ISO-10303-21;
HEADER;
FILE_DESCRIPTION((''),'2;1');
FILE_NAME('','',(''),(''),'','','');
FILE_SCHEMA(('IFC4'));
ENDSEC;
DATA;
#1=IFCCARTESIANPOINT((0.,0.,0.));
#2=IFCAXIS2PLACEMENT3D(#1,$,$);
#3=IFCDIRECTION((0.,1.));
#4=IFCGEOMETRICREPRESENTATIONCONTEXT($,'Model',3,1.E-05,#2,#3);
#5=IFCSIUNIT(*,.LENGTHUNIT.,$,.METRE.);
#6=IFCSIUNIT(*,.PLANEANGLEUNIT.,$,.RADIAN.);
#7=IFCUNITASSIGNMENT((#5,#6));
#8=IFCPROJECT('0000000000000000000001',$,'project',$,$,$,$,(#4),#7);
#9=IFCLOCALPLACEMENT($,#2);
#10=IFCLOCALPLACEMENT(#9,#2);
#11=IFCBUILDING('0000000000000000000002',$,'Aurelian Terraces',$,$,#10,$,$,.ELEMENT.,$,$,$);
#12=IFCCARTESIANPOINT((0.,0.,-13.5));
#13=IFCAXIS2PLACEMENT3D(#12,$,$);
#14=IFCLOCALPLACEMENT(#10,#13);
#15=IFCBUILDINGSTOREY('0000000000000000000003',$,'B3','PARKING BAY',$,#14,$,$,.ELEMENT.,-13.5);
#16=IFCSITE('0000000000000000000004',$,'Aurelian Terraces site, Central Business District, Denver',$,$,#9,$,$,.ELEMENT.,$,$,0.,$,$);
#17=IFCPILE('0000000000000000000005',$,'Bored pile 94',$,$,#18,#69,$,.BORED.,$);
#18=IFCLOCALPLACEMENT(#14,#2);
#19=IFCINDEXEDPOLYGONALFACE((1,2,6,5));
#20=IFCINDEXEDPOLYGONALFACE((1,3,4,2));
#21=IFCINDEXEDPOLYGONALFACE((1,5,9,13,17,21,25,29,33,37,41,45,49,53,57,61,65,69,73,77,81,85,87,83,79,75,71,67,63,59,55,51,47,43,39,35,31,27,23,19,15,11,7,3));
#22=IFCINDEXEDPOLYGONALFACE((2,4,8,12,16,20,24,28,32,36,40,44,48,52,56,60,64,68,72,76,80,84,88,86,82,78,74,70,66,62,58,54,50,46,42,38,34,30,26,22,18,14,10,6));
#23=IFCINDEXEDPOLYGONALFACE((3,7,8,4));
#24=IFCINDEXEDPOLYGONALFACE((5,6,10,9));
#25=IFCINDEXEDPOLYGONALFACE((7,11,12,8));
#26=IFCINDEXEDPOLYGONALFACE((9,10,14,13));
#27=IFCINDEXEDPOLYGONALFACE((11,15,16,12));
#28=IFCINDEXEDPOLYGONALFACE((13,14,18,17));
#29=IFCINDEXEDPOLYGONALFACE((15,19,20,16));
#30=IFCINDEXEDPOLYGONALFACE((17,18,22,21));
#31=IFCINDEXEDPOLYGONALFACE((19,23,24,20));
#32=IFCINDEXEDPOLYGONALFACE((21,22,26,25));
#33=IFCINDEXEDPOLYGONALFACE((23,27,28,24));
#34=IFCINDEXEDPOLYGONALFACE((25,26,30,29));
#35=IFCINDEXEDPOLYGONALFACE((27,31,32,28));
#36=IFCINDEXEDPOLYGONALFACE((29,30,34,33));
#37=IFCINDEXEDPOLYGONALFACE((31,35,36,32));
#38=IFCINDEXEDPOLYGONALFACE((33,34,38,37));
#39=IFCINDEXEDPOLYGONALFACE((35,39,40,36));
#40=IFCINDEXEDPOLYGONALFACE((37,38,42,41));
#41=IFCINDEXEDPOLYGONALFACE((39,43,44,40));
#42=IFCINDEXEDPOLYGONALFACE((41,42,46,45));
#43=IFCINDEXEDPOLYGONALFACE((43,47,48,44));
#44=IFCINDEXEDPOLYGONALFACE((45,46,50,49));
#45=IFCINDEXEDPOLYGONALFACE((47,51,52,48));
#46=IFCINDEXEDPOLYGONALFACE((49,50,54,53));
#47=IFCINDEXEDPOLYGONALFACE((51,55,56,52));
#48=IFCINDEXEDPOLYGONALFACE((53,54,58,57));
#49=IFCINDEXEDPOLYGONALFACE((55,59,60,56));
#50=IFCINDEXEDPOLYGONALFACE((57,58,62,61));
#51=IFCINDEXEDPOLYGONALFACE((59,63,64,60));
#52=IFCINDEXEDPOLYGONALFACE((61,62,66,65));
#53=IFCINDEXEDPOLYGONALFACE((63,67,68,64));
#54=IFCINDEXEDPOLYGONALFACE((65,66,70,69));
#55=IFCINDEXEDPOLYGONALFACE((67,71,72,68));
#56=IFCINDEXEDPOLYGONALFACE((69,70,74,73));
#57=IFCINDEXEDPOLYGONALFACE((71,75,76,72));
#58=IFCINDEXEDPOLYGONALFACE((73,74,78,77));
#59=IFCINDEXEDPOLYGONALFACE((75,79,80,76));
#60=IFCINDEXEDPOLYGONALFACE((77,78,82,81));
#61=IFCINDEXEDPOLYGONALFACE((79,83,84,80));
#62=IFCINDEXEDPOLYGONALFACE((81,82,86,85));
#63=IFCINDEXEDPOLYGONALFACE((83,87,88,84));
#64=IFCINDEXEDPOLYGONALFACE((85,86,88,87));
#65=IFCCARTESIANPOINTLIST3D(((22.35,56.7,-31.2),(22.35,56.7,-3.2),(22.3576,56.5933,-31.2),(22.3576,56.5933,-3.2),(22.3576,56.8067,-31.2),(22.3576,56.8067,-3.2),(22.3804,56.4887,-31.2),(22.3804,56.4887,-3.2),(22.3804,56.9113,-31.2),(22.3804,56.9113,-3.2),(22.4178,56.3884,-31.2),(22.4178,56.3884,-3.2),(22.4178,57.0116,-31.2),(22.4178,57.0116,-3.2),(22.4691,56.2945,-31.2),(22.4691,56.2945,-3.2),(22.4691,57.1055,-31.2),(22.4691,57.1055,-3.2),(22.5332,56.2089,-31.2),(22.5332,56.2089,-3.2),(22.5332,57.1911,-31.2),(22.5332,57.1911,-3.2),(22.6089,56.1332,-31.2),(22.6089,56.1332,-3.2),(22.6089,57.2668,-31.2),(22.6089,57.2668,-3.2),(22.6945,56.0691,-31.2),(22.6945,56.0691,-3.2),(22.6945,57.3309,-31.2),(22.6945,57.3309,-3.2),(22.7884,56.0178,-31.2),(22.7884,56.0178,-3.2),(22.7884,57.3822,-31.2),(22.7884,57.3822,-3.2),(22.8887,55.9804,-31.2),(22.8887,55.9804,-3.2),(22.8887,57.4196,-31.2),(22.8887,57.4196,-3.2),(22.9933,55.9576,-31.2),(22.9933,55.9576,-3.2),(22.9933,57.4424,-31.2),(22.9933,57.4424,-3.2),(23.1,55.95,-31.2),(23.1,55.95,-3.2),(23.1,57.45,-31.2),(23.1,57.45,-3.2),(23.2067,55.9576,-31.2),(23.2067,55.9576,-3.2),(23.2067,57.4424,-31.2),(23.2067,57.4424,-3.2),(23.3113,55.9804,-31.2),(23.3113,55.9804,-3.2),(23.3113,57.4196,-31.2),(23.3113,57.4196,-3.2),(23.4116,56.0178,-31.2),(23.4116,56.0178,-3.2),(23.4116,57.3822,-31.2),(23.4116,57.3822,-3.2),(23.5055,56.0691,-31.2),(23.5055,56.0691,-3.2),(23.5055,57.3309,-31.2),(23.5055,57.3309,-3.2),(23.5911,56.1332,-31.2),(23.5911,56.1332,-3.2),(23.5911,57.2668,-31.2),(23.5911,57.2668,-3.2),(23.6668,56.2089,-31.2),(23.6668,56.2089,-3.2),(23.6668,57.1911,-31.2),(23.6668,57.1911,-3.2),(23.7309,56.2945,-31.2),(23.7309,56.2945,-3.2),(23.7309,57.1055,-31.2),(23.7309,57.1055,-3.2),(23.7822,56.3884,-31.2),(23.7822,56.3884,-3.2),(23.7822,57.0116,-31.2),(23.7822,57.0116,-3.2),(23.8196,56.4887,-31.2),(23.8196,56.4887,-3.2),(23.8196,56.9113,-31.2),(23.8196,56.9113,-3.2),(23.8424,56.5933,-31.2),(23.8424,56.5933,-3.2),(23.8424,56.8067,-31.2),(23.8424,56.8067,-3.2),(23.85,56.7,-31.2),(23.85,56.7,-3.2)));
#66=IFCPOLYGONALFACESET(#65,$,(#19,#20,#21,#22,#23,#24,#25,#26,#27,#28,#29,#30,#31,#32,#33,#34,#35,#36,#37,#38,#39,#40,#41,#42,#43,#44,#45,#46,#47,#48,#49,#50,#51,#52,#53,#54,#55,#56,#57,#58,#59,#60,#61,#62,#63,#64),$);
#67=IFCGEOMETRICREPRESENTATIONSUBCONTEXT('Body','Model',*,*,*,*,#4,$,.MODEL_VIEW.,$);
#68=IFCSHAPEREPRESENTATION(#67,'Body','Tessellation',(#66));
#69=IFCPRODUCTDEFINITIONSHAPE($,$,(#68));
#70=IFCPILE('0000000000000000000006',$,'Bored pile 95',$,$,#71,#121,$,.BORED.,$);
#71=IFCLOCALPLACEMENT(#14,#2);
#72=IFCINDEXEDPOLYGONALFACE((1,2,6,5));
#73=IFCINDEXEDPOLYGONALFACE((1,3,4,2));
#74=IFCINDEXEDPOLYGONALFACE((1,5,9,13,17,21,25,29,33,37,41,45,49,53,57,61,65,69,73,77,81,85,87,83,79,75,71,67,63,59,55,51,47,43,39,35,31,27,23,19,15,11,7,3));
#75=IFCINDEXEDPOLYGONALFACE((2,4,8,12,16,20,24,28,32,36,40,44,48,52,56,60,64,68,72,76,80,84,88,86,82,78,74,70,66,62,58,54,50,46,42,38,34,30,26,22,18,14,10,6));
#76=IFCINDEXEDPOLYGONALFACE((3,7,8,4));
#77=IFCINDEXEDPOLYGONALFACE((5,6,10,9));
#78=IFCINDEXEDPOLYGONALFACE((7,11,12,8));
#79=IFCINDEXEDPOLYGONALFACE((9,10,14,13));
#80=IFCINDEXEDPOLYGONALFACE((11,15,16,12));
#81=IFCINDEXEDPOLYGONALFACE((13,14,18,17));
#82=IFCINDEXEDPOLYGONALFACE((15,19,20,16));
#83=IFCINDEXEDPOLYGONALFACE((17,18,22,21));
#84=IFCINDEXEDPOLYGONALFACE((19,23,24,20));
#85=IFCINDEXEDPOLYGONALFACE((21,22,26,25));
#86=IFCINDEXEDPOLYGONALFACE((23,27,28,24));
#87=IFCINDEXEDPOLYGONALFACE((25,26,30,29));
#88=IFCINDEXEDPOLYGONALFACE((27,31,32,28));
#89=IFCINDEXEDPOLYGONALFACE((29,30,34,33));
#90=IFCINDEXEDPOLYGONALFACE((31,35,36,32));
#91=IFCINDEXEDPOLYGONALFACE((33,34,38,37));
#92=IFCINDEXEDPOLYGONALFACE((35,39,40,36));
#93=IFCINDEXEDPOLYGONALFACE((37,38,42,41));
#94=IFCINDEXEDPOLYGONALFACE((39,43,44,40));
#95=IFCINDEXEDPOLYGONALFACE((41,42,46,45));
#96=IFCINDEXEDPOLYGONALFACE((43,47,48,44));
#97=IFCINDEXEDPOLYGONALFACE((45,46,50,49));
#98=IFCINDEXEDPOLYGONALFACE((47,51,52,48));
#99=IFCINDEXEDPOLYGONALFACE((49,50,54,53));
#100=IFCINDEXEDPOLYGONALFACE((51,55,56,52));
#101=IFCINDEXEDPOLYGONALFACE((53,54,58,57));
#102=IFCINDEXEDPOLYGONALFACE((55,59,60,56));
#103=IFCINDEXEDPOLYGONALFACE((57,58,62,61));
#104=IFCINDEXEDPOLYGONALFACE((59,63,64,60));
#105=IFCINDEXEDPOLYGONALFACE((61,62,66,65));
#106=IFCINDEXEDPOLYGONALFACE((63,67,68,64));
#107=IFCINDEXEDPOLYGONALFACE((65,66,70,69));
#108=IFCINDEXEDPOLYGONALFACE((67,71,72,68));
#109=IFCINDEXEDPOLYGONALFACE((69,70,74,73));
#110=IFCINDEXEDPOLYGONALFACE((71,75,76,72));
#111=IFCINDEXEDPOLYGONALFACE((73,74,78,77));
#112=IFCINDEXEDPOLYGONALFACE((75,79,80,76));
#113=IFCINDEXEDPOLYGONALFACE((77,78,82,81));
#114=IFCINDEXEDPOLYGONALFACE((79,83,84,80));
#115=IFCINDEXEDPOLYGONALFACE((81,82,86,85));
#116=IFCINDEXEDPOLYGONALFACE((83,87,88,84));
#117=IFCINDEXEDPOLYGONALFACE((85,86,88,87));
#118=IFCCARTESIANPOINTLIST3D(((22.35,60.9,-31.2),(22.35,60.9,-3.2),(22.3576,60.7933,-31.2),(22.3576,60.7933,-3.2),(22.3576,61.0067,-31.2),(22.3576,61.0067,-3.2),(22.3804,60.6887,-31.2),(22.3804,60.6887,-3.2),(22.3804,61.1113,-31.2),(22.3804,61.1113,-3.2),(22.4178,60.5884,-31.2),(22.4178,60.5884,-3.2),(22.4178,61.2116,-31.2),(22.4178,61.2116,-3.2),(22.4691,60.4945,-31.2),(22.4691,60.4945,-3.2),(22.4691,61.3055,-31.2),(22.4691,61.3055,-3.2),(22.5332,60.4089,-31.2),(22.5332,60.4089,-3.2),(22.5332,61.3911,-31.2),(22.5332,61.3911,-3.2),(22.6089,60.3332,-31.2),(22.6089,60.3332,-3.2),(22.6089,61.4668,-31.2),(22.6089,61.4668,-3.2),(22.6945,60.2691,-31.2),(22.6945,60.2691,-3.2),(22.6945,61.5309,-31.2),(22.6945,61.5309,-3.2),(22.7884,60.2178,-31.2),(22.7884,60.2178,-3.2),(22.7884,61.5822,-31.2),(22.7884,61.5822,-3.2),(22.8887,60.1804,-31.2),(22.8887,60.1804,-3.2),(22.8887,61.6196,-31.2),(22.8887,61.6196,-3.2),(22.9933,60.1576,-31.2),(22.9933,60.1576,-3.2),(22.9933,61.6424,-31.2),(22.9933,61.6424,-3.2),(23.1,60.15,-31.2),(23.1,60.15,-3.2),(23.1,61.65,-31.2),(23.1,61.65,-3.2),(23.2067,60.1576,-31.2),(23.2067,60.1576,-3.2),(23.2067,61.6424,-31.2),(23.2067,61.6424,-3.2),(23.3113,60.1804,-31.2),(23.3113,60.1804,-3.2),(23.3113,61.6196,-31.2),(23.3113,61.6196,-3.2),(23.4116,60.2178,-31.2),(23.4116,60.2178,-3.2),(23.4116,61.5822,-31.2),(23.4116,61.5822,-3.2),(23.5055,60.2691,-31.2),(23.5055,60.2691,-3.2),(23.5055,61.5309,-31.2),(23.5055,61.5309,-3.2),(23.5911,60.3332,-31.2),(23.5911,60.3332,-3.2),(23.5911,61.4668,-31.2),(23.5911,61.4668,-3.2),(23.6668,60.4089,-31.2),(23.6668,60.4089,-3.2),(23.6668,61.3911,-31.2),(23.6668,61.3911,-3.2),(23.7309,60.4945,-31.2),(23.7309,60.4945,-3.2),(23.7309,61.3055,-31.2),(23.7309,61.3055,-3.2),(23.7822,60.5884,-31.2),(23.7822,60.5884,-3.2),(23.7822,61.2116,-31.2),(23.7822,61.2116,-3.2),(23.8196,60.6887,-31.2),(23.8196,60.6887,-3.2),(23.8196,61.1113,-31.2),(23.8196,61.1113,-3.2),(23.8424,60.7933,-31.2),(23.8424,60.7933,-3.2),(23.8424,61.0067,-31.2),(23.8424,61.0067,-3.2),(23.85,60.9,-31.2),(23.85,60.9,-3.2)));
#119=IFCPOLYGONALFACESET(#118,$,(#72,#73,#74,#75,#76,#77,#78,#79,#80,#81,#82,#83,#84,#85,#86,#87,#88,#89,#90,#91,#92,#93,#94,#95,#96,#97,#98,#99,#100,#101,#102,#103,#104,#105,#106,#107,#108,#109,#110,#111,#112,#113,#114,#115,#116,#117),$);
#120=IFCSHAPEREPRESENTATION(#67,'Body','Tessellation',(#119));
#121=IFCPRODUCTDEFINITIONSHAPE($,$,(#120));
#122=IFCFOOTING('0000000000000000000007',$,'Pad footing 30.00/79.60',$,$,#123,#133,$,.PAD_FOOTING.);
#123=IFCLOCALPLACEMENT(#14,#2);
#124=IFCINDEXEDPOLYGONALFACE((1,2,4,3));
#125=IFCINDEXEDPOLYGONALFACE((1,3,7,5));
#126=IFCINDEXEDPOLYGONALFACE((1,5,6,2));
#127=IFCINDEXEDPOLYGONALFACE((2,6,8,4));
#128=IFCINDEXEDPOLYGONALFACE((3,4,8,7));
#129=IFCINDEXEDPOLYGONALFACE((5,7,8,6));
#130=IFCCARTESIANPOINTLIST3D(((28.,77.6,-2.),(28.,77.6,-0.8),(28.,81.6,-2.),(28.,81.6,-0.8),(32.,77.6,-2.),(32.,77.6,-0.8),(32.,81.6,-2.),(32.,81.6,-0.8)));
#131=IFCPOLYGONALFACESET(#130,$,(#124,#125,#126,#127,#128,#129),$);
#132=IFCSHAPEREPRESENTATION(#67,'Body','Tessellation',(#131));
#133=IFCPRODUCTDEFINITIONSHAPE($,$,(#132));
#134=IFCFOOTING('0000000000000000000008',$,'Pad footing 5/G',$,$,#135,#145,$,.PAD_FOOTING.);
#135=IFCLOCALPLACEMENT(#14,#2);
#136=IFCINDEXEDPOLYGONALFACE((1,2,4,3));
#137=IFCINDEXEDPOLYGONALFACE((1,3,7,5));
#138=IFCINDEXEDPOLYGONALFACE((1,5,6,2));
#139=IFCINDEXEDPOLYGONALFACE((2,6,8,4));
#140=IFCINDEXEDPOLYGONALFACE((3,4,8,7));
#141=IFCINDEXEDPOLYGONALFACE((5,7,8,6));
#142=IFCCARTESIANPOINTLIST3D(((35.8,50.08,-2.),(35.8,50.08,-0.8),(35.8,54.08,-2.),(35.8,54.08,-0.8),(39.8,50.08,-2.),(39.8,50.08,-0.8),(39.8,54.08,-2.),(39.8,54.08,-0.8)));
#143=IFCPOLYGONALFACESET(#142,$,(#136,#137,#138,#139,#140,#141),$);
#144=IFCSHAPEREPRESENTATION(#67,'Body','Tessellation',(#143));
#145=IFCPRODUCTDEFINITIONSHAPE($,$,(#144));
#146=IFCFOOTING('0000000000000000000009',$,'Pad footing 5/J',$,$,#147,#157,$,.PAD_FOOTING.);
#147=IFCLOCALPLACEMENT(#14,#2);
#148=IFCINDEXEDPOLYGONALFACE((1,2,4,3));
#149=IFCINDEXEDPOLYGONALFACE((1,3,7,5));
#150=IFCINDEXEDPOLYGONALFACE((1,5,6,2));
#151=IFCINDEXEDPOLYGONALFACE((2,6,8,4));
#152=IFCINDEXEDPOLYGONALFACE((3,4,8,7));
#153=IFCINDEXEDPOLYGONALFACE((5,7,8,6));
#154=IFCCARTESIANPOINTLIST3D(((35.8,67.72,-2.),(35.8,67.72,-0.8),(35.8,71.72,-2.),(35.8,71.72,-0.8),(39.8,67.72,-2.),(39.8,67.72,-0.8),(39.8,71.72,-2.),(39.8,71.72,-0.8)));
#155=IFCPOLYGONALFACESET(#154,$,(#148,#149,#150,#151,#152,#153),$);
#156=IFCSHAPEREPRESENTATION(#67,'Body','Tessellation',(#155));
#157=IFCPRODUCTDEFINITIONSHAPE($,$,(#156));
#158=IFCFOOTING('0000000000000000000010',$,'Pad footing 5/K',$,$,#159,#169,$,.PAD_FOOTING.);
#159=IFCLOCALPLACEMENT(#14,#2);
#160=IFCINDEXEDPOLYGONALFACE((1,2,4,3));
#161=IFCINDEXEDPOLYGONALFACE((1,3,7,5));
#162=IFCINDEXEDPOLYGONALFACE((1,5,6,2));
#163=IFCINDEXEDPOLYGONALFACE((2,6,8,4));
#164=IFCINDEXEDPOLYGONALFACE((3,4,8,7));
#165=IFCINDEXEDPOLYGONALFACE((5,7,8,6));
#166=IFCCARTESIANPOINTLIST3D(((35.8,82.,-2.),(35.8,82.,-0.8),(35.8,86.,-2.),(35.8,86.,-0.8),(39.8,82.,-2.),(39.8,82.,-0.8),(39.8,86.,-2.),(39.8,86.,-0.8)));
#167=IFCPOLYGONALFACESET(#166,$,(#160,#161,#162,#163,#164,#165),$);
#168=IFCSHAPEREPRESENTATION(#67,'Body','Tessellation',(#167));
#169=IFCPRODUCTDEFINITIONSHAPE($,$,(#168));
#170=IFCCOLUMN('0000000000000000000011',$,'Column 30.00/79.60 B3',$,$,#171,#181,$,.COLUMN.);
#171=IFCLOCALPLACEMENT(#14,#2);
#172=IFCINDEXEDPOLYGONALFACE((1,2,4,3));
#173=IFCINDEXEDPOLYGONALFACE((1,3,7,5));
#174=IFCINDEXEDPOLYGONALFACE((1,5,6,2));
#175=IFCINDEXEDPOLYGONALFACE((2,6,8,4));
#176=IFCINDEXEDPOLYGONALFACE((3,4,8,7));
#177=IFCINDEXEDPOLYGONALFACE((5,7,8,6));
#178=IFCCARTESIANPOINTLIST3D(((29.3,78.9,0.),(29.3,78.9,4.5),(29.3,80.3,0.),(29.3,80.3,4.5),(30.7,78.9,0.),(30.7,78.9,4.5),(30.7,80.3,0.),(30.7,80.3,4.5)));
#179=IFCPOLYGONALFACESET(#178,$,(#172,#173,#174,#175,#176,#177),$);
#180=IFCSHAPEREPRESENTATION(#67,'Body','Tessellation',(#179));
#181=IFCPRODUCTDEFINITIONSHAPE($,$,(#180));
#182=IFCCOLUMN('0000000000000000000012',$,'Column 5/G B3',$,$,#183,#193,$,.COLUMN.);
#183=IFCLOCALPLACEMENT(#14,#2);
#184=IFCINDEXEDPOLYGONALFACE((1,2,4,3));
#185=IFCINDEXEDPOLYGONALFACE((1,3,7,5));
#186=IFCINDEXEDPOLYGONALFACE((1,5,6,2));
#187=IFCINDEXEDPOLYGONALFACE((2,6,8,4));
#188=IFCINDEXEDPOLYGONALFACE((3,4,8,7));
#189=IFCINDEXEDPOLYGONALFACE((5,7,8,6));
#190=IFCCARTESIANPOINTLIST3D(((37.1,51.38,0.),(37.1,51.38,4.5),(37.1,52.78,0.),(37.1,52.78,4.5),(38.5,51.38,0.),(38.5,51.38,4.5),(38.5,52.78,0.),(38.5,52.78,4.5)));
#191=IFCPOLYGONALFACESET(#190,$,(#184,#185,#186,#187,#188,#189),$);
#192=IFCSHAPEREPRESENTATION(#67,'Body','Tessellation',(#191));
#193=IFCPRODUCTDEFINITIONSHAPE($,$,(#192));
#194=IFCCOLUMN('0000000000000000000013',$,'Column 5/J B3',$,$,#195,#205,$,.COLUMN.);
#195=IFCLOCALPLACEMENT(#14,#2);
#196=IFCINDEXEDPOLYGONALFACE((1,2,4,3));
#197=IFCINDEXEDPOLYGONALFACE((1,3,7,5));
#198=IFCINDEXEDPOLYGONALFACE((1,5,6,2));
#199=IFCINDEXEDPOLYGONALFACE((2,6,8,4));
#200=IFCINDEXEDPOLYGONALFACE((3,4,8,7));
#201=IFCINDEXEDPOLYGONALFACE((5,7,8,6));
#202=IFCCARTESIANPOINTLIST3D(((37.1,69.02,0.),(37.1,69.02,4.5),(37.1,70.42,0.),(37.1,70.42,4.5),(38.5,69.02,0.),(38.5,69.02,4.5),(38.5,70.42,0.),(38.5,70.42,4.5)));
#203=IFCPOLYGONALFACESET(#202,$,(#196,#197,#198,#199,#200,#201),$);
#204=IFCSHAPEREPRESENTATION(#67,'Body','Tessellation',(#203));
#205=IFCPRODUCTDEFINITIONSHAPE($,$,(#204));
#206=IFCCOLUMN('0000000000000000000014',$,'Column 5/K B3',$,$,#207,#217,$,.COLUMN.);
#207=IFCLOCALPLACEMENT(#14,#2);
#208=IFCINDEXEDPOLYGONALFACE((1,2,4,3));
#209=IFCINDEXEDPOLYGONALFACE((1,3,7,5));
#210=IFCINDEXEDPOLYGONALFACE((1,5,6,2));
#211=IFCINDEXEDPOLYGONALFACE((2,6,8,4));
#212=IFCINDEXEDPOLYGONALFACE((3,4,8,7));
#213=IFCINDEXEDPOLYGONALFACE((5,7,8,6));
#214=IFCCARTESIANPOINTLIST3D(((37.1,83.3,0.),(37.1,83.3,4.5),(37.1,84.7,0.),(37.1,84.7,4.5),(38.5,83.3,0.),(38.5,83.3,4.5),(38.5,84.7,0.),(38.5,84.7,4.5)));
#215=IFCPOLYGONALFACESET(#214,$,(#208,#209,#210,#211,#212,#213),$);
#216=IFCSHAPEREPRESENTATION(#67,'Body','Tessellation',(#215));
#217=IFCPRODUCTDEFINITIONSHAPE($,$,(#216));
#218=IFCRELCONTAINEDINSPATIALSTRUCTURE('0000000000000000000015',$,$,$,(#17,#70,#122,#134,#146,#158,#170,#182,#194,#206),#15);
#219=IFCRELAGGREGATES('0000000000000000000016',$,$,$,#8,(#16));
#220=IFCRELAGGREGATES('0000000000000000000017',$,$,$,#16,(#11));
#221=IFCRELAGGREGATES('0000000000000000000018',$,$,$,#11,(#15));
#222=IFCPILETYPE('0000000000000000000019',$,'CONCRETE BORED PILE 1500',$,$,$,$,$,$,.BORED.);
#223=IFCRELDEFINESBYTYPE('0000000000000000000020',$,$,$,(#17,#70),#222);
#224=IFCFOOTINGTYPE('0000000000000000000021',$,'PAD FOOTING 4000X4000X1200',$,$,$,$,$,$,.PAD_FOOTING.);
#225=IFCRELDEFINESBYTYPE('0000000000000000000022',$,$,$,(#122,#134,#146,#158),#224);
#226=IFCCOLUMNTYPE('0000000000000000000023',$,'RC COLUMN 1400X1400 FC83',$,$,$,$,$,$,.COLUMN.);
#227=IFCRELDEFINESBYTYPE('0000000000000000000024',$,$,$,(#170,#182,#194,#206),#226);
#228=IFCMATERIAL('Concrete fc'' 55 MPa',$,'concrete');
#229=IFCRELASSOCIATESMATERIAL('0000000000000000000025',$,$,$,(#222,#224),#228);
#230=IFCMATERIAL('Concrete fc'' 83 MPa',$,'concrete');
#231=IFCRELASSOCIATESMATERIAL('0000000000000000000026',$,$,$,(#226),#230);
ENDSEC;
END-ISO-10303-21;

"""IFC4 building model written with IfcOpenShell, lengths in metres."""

from ifc_helpers import new_model, si_unit, direction, frame, origin, origin_2d, place, context, subcontext, project, spatial, rectangle, circle, extrude, source, transform, mapped, material, material_profile, profile_set, type_object, element, save


model = new_model("IFC4")

# Units and contexts
model_context = context("Model", 3, precision=1e-05, world=origin(), true_north=direction((0.0, 1.0)))
body_context = subcontext(model_context, "Body", "Model", "MODEL_VIEW")
ifc_project = project(units=[si_unit("LENGTHUNIT", "METRE"), si_unit("PLANEANGLEUNIT", "RADIAN")], contexts=[model_context])

# Site, building, storey
site_placement = place(None, origin())
site = spatial("IfcSite", under=ifc_project, at=site_placement, Name="Aurelian Terraces site, Central Business District, Denver", CompositionType="ELEMENT", RefElevation=0.0)
building_placement = place(site_placement, origin())
building = spatial("IfcBuilding", under=site, at=building_placement, Name="Aurelian Terraces", CompositionType="ELEMENT")
storey_placement = place(building_placement, frame((0.0, 0.0, -13.5)))
storey = spatial("IfcBuildingStorey", under=building, at=storey_placement, Name="B3", Description="PARKING BAY", CompositionType="ELEMENT", Elevation=-13.5)

# Piles
ifc_material_1 = material(Name="Concrete fc' 55 MPa", Category="concrete")
ifc_material_profile_1 = material_profile(ifc_material_1, circle(Radius=0.75, at=origin_2d()))
ifc_profile_set_1 = profile_set([ifc_material_profile_1], Name="Concrete fc' 55 MPa")
pile_type = type_object("IfcPileType", Name="CONCRETE BORED PILE 1500", PredefinedType="BORED", material=ifc_profile_set_1)
shared_shape_1 = source(origin(), body_context, "Body", "SweptSolid", [
    extrude(circle(Radius=0.75, at=origin_2d()), origin(), (0.0, 0.0, 1.0), 28.0),
])
for number, where, z_axis, x_axis, name in (
    (1, (23.1, 56.7, -3.2), (0.0, 0.0, -1.0), (1.0, 0.0, 0.0), "Bored pile 94"),
    (2, (23.1, 60.9, -3.2), (0.0, 0.0, -1.0), (1.0, 0.0, 0.0), "Bored pile 95"),
):
    element("IfcPile", number, at=place(storey_placement, frame(where, z_axis=z_axis, x_axis=x_axis)), inside=storey, type_object=pile_type, Name=name, PredefinedType="BORED", context=body_context, shape_type="MappedRepresentation", body=[
        mapped(shared_shape_1, transform((0.0, 0.0, 0.0), scale=1.0)),
    ])

# Footings
footing_type = type_object("IfcFootingType", Name="PAD FOOTING 4000X4000X1200", PredefinedType="PAD_FOOTING", material=ifc_material_1)
shared_shape_2 = source(origin(), body_context, "Body", "SweptSolid", [
    extrude(rectangle(XDim=4.0, YDim=4.0, at=origin_2d()), origin(), (0.0, 0.0, 1.0), 1.2),
])
for number, where, z_axis, x_axis, name in (
    (3, (30.0, 79.6, -2.0), (0.0, 0.0, 1.0), (1.0, 0.0, 0.0), "Pad footing 30.00/79.60"),
    (4, (37.8, 52.08, -2.0), (0.0, 0.0, 1.0), (1.0, 0.0, 0.0), "Pad footing 5/G"),
    (5, (37.8, 69.72, -2.0), (0.0, 0.0, 1.0), (1.0, 0.0, 0.0), "Pad footing 5/J"),
    (6, (37.8, 84.0, -2.0), (0.0, 0.0, 1.0), (1.0, 0.0, 0.0), "Pad footing 5/K"),
):
    element("IfcFooting", number, at=place(storey_placement, frame(where, z_axis=z_axis, x_axis=x_axis)), inside=storey, type_object=footing_type, Name=name, PredefinedType="PAD_FOOTING", context=body_context, shape_type="MappedRepresentation", body=[
        mapped(shared_shape_2, transform((0.0, 0.0, 0.0), scale=1.0)),
    ])

# Columns
ifc_material_2 = material(Name="Concrete fc' 83 MPa", Category="concrete")
ifc_material_profile_2 = material_profile(ifc_material_2, rectangle(XDim=1.4, YDim=1.4, at=origin_2d()))
ifc_profile_set_2 = profile_set([ifc_material_profile_2], Name="Concrete fc' 83 MPa")
column_type = type_object("IfcColumnType", Name="RC COLUMN 1400X1400 FC83", PredefinedType="COLUMN", material=ifc_profile_set_2)
shared_shape_3 = source(origin(), body_context, "Body", "SweptSolid", [
    extrude(rectangle(XDim=1.4, YDim=1.4, at=origin_2d()), origin(), (0.0, 0.0, 1.0), 4.5),
])
for number, where, z_axis, x_axis, name in (
    (7, (30.0, 79.6, 0.0), (0.0, 0.0, 1.0), (1.0, 0.0, 0.0), "Column 30.00/79.60 B3"),
    (8, (37.8, 52.08, 0.0), (0.0, 0.0, 1.0), (1.0, 0.0, 0.0), "Column 5/G B3"),
    (9, (37.8, 69.72, 0.0), (0.0, 0.0, 1.0), (1.0, 0.0, 0.0), "Column 5/J B3"),
    (10, (37.8, 84.0, 0.0), (0.0, 0.0, 1.0), (1.0, 0.0, 0.0), "Column 5/K B3"),
):
    element("IfcColumn", number, at=place(storey_placement, frame(where, z_axis=z_axis, x_axis=x_axis)), inside=storey, type_object=column_type, Name=name, PredefinedType="COLUMN", context=body_context, shape_type="MappedRepresentation", body=[
        mapped(shared_shape_3, transform((0.0, 0.0, 0.0), scale=1.0)),
    ])

save(model, "model.ifc")
